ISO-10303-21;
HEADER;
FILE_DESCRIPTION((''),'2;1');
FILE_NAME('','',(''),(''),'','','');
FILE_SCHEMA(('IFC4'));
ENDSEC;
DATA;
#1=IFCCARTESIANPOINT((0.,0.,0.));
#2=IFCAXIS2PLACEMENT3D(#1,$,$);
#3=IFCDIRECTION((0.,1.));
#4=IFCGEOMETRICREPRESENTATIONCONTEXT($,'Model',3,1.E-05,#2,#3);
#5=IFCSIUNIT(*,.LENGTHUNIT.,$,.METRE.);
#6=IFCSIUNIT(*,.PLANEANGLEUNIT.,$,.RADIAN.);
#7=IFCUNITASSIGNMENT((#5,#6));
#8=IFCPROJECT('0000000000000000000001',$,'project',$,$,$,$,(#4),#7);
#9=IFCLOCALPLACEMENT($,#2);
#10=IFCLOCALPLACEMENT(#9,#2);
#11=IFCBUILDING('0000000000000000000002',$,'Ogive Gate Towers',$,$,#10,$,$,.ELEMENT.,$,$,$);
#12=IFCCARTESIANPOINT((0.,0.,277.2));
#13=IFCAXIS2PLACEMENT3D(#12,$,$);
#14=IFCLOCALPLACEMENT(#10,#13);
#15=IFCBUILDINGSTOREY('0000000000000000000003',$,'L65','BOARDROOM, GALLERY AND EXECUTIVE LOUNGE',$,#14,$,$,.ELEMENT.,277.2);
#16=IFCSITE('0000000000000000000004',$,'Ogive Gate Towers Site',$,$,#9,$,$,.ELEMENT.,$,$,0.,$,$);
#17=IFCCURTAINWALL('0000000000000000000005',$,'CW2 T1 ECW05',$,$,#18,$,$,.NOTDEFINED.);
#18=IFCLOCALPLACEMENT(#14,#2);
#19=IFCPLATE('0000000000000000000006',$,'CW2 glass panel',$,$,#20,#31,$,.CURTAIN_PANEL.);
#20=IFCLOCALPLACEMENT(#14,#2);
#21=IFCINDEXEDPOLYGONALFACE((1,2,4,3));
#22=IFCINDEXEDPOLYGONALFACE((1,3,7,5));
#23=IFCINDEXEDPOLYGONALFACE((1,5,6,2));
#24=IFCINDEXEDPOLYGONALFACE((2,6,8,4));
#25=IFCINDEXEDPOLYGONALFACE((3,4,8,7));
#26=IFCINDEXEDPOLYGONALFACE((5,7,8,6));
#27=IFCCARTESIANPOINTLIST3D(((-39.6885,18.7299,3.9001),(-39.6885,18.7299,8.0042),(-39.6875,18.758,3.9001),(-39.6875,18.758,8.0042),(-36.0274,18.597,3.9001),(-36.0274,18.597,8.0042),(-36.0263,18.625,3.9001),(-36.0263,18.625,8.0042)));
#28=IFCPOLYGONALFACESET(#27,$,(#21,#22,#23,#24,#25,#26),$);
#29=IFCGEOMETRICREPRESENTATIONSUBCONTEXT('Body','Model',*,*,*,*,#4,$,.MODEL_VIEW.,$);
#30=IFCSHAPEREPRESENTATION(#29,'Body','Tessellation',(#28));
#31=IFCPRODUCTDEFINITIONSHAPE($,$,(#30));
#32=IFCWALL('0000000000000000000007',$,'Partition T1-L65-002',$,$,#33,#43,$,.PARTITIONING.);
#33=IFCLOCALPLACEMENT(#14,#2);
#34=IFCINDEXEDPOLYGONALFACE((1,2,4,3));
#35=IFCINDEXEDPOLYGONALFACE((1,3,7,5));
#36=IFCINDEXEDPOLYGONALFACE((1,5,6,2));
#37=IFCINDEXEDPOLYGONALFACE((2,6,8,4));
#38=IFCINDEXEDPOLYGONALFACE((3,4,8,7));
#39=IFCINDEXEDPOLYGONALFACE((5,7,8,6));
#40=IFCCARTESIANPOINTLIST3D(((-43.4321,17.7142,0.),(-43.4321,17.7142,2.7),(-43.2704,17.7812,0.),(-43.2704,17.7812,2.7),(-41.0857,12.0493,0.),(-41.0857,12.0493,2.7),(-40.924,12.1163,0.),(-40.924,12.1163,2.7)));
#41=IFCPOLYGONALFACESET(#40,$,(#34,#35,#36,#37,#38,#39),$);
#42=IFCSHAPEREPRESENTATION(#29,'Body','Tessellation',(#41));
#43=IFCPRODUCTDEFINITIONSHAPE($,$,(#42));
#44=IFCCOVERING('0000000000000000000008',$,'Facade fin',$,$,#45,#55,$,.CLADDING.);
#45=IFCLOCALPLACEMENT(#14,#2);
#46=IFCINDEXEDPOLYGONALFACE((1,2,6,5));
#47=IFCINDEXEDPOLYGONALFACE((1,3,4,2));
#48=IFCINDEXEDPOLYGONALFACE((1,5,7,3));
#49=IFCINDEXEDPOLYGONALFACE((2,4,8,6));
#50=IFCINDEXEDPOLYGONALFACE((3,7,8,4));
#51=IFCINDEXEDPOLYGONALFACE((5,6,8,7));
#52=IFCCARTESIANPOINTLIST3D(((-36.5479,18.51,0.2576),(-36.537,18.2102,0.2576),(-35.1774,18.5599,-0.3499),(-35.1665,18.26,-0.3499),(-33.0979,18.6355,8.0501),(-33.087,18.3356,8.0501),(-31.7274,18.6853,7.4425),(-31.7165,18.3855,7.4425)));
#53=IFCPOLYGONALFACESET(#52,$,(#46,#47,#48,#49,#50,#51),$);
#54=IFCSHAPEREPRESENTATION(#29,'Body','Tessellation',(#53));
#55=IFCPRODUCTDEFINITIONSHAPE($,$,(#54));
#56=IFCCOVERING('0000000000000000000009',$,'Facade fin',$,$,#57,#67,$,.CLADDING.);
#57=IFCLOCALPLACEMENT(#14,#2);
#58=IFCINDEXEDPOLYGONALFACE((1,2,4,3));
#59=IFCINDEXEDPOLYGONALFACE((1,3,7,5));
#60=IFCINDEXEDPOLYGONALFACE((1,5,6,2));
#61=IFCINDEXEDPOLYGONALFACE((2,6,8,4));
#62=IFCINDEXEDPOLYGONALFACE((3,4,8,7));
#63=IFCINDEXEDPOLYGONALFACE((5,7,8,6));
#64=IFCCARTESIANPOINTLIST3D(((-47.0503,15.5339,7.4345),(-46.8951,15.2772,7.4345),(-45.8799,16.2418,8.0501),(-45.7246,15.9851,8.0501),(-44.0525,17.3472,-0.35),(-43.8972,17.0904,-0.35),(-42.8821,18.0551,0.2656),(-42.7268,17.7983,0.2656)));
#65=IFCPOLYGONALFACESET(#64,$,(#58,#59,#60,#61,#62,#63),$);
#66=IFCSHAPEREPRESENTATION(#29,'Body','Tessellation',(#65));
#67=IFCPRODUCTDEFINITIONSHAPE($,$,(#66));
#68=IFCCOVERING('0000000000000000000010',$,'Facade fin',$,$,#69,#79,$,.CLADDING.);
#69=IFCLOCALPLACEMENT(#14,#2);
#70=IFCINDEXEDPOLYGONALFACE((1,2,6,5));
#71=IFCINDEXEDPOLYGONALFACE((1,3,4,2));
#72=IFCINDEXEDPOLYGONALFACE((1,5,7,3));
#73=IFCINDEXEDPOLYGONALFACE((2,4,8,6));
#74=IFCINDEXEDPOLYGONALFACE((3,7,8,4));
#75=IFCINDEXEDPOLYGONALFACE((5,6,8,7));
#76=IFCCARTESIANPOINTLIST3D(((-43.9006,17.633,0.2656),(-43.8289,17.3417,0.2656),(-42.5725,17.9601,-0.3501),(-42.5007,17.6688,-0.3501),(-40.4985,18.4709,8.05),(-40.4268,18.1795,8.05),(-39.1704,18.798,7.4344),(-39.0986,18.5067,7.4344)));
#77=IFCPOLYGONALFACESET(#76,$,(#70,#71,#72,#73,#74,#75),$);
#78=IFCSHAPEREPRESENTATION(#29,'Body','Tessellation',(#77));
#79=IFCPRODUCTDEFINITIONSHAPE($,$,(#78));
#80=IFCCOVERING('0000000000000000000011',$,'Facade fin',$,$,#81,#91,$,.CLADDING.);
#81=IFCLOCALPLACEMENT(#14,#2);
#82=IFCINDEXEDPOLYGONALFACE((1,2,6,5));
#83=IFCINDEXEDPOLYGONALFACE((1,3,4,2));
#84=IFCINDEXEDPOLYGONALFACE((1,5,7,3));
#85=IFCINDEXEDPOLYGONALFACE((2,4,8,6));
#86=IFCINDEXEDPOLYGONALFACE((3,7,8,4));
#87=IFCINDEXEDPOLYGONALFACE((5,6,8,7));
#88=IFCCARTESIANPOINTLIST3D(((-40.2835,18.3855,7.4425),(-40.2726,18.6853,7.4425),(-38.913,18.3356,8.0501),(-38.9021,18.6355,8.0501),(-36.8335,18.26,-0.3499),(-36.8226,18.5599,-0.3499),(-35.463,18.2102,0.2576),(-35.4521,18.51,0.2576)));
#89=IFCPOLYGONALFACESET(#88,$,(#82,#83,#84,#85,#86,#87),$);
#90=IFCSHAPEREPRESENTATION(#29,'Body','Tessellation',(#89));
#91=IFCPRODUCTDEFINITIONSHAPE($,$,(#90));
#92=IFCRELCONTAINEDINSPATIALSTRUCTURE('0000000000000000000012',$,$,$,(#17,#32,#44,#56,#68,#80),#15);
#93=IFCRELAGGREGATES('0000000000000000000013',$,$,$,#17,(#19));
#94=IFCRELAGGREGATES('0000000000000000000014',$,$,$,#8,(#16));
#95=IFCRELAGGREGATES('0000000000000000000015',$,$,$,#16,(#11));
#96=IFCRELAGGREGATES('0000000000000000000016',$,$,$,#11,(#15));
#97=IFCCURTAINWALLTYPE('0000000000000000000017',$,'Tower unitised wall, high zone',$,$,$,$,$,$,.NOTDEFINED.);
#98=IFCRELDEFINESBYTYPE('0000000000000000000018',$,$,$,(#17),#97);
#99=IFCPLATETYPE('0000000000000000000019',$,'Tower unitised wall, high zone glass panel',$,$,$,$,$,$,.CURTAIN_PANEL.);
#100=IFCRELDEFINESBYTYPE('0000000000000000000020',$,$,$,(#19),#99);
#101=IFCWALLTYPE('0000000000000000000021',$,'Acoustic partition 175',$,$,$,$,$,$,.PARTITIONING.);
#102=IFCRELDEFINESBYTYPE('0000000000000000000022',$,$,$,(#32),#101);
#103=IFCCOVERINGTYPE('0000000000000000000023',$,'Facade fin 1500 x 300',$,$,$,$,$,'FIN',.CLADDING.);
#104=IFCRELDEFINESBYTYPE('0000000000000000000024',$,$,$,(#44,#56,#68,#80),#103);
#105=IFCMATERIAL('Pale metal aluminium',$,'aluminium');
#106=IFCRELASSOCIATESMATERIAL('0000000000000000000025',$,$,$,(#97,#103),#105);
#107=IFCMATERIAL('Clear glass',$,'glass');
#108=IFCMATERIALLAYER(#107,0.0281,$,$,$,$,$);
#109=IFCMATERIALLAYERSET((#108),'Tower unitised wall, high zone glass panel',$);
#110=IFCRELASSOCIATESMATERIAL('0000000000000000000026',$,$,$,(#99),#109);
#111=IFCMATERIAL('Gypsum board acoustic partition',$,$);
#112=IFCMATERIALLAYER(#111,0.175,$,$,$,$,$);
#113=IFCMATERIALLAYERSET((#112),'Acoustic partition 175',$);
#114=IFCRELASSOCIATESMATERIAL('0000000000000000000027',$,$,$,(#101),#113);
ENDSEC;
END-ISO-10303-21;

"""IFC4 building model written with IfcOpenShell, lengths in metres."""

from ifc_helpers import new_model, si_unit, direction, frame, frame_2d, origin, origin_2d, place, context, subcontext, project, spatial, rectangle, extrude, material, layer, layer_set, material_profile, profile_set, type_object, element, aggregate, save


model = new_model("IFC4")

# Units and contexts
model_context = context("Model", 3, precision=1e-05, world=origin(), true_north=direction((0.0, 1.0)))
body_context = subcontext(model_context, "Body", "Model", "MODEL_VIEW")
ifc_project = project(units=[si_unit("LENGTHUNIT", "METRE"), si_unit("PLANEANGLEUNIT", "RADIAN")], contexts=[model_context])

# Site, building, storey
site_placement = place(None, origin())
site = spatial("IfcSite", under=ifc_project, at=site_placement, Name="Ogive Gate Towers Site", CompositionType="ELEMENT", RefElevation=0.0)
building_placement = place(site_placement, origin())
building = spatial("IfcBuilding", under=site, at=building_placement, Name="Ogive Gate Towers", CompositionType="ELEMENT")
storey_placement = place(building_placement, frame((0.0, 0.0, 277.2)))
storey = spatial("IfcBuildingStorey", under=building, at=storey_placement, Name="L65", Description="BOARDROOM, GALLERY AND EXECUTIVE LOUNGE", CompositionType="ELEMENT", Elevation=277.2)

# Shared definitions
ifc_material_1 = material(Name="Pale metal aluminium", Category="aluminium")
curtain_wall_type = type_object("IfcCurtainWallType", Name="Tower unitised wall, high zone", PredefinedType="NOTDEFINED", material=ifc_material_1)

# Curtain wall
curtain_wall_1_placement = place(storey_placement, origin())
curtain_wall_1 = element("IfcCurtainWall", 1, at=curtain_wall_1_placement, inside=storey, type_object=curtain_wall_type, Name="CW2 T1 ECW05", PredefinedType="NOTDEFINED")

# Plate
ifc_material_2 = material(Name="Clear glass", Category="glass")
ifc_layer_1 = layer(ifc_material_2, 0.0281)
ifc_layer_set_1 = layer_set([ifc_layer_1], Name="Tower unitised wall, high zone glass panel")
plate_type = type_object("IfcPlateType", Name="Tower unitised wall, high zone glass panel", PredefinedType="CURTAIN_PANEL", material=ifc_layer_set_1)
plate_1_placement = place(storey_placement, frame((-37.8574, 18.6775, 3.9001), z_axis=(0.0, 0.0, 1.0), x_axis=(0.999341, -0.036295, 0.0)))
plate_1 = element("IfcPlate", 2, at=plate_1_placement, type_object=plate_type, Name="CW2 glass panel", PredefinedType="CURTAIN_PANEL", context=body_context, shape_type="SweptSolid", body=[
    extrude(rectangle(XDim=3.6636, YDim=0.0281, at=origin_2d()), origin(), (0.0, 0.0, 1.0), 4.104),
])
aggregate(curtain_wall_1, [plate_1])

# Wall
ifc_material_3 = material(Name="Gypsum board acoustic partition")
ifc_layer_2 = layer(ifc_material_3, 0.175)
ifc_layer_set_2 = layer_set([ifc_layer_2], Name="Acoustic partition 175")
wall_type = type_object("IfcWallType", Name="Acoustic partition 175", PredefinedType="PARTITIONING", material=ifc_layer_set_2)
wall_placement = place(storey_placement, frame((-43.3513, 17.7478, 0.0), z_axis=(0.0, 0.0, 1.0), x_axis=(0.382684, -0.923879, 0.0)))
element("IfcWall", 3, at=wall_placement, inside=storey, type_object=wall_type, Name="Partition T1-L65-002", PredefinedType="PARTITIONING", context=body_context, shape_type="SweptSolid", body=[
    extrude(rectangle(XDim=6.1316, YDim=0.175, at=frame_2d((3.0659, 0.0))), origin(), (0.0, 0.0, 1.0), 2.7),
])

# Coverings
ifc_material_profile_1 = material_profile(ifc_material_1, rectangle(XDim=0.3, YDim=1.5, at=origin_2d()), Name="1500 x 300 pale metal aluminium")
ifc_profile_set_1 = profile_set([ifc_material_profile_1], Name="Pale metal aluminium")
covering_type = type_object("IfcCoveringType", Name="Facade fin 1500 x 300", ElementType="FIN", PredefinedType="CLADDING", material=ifc_profile_set_1)
covering_1_placement = place(storey_placement, frame((-35.8572, 18.385, -0.0461), z_axis=(0.404784, 0.014724, 0.914294), x_axis=(-0.03635, 0.999339, 0.0)))
element("IfcCovering", 4, at=covering_1_placement, inside=storey, type_object=covering_type, Name="Facade fin", PredefinedType="CLADDING", context=body_context, shape_type="SweptSolid", body=[
    extrude(rectangle(XDim=0.3, YDim=1.5, at=origin_2d()), origin(), (0.0, 0.0, 1.0), 8.5229),
])
for number, where, z_axis, x_axis, name in (
    (5, (-43.3896, 17.5728, -0.0422), (-0.351175, -0.212409, 0.911898), (0.517546, -0.855655, 0.0), "Facade fin"),
    (6, (-43.2007, 17.6509, -0.0422), (0.398531, 0.098153, 0.911888), (-0.23914, 0.970985, 0.0), "Facade fin"),
):
    element("IfcCovering", number, at=place(storey_placement, frame(where, z_axis=z_axis, x_axis=x_axis)), inside=storey, type_object=covering_type, Name=name, PredefinedType="CLADDING", context=body_context, shape_type="SweptSolid", body=[
        extrude(rectangle(XDim=0.3, YDim=1.5, at=origin_2d()), origin(), (0.0, 0.0, 1.0), 8.5366),
    ])
covering_2_placement = place(storey_placement, frame((-36.1428, 18.385, -0.0461), z_axis=(-0.404784, 0.014724, 0.914294), x_axis=(-0.03635, -0.999339, 0.0)))
element("IfcCovering", 7, at=covering_2_placement, inside=storey, type_object=covering_type, Name="Facade fin", PredefinedType="CLADDING", context=body_context, shape_type="SweptSolid", body=[
    extrude(rectangle(XDim=0.3, YDim=1.5, at=origin_2d()), origin(), (0.0, 0.0, 1.0), 8.5229),
])

save(model, "model.ifc")
